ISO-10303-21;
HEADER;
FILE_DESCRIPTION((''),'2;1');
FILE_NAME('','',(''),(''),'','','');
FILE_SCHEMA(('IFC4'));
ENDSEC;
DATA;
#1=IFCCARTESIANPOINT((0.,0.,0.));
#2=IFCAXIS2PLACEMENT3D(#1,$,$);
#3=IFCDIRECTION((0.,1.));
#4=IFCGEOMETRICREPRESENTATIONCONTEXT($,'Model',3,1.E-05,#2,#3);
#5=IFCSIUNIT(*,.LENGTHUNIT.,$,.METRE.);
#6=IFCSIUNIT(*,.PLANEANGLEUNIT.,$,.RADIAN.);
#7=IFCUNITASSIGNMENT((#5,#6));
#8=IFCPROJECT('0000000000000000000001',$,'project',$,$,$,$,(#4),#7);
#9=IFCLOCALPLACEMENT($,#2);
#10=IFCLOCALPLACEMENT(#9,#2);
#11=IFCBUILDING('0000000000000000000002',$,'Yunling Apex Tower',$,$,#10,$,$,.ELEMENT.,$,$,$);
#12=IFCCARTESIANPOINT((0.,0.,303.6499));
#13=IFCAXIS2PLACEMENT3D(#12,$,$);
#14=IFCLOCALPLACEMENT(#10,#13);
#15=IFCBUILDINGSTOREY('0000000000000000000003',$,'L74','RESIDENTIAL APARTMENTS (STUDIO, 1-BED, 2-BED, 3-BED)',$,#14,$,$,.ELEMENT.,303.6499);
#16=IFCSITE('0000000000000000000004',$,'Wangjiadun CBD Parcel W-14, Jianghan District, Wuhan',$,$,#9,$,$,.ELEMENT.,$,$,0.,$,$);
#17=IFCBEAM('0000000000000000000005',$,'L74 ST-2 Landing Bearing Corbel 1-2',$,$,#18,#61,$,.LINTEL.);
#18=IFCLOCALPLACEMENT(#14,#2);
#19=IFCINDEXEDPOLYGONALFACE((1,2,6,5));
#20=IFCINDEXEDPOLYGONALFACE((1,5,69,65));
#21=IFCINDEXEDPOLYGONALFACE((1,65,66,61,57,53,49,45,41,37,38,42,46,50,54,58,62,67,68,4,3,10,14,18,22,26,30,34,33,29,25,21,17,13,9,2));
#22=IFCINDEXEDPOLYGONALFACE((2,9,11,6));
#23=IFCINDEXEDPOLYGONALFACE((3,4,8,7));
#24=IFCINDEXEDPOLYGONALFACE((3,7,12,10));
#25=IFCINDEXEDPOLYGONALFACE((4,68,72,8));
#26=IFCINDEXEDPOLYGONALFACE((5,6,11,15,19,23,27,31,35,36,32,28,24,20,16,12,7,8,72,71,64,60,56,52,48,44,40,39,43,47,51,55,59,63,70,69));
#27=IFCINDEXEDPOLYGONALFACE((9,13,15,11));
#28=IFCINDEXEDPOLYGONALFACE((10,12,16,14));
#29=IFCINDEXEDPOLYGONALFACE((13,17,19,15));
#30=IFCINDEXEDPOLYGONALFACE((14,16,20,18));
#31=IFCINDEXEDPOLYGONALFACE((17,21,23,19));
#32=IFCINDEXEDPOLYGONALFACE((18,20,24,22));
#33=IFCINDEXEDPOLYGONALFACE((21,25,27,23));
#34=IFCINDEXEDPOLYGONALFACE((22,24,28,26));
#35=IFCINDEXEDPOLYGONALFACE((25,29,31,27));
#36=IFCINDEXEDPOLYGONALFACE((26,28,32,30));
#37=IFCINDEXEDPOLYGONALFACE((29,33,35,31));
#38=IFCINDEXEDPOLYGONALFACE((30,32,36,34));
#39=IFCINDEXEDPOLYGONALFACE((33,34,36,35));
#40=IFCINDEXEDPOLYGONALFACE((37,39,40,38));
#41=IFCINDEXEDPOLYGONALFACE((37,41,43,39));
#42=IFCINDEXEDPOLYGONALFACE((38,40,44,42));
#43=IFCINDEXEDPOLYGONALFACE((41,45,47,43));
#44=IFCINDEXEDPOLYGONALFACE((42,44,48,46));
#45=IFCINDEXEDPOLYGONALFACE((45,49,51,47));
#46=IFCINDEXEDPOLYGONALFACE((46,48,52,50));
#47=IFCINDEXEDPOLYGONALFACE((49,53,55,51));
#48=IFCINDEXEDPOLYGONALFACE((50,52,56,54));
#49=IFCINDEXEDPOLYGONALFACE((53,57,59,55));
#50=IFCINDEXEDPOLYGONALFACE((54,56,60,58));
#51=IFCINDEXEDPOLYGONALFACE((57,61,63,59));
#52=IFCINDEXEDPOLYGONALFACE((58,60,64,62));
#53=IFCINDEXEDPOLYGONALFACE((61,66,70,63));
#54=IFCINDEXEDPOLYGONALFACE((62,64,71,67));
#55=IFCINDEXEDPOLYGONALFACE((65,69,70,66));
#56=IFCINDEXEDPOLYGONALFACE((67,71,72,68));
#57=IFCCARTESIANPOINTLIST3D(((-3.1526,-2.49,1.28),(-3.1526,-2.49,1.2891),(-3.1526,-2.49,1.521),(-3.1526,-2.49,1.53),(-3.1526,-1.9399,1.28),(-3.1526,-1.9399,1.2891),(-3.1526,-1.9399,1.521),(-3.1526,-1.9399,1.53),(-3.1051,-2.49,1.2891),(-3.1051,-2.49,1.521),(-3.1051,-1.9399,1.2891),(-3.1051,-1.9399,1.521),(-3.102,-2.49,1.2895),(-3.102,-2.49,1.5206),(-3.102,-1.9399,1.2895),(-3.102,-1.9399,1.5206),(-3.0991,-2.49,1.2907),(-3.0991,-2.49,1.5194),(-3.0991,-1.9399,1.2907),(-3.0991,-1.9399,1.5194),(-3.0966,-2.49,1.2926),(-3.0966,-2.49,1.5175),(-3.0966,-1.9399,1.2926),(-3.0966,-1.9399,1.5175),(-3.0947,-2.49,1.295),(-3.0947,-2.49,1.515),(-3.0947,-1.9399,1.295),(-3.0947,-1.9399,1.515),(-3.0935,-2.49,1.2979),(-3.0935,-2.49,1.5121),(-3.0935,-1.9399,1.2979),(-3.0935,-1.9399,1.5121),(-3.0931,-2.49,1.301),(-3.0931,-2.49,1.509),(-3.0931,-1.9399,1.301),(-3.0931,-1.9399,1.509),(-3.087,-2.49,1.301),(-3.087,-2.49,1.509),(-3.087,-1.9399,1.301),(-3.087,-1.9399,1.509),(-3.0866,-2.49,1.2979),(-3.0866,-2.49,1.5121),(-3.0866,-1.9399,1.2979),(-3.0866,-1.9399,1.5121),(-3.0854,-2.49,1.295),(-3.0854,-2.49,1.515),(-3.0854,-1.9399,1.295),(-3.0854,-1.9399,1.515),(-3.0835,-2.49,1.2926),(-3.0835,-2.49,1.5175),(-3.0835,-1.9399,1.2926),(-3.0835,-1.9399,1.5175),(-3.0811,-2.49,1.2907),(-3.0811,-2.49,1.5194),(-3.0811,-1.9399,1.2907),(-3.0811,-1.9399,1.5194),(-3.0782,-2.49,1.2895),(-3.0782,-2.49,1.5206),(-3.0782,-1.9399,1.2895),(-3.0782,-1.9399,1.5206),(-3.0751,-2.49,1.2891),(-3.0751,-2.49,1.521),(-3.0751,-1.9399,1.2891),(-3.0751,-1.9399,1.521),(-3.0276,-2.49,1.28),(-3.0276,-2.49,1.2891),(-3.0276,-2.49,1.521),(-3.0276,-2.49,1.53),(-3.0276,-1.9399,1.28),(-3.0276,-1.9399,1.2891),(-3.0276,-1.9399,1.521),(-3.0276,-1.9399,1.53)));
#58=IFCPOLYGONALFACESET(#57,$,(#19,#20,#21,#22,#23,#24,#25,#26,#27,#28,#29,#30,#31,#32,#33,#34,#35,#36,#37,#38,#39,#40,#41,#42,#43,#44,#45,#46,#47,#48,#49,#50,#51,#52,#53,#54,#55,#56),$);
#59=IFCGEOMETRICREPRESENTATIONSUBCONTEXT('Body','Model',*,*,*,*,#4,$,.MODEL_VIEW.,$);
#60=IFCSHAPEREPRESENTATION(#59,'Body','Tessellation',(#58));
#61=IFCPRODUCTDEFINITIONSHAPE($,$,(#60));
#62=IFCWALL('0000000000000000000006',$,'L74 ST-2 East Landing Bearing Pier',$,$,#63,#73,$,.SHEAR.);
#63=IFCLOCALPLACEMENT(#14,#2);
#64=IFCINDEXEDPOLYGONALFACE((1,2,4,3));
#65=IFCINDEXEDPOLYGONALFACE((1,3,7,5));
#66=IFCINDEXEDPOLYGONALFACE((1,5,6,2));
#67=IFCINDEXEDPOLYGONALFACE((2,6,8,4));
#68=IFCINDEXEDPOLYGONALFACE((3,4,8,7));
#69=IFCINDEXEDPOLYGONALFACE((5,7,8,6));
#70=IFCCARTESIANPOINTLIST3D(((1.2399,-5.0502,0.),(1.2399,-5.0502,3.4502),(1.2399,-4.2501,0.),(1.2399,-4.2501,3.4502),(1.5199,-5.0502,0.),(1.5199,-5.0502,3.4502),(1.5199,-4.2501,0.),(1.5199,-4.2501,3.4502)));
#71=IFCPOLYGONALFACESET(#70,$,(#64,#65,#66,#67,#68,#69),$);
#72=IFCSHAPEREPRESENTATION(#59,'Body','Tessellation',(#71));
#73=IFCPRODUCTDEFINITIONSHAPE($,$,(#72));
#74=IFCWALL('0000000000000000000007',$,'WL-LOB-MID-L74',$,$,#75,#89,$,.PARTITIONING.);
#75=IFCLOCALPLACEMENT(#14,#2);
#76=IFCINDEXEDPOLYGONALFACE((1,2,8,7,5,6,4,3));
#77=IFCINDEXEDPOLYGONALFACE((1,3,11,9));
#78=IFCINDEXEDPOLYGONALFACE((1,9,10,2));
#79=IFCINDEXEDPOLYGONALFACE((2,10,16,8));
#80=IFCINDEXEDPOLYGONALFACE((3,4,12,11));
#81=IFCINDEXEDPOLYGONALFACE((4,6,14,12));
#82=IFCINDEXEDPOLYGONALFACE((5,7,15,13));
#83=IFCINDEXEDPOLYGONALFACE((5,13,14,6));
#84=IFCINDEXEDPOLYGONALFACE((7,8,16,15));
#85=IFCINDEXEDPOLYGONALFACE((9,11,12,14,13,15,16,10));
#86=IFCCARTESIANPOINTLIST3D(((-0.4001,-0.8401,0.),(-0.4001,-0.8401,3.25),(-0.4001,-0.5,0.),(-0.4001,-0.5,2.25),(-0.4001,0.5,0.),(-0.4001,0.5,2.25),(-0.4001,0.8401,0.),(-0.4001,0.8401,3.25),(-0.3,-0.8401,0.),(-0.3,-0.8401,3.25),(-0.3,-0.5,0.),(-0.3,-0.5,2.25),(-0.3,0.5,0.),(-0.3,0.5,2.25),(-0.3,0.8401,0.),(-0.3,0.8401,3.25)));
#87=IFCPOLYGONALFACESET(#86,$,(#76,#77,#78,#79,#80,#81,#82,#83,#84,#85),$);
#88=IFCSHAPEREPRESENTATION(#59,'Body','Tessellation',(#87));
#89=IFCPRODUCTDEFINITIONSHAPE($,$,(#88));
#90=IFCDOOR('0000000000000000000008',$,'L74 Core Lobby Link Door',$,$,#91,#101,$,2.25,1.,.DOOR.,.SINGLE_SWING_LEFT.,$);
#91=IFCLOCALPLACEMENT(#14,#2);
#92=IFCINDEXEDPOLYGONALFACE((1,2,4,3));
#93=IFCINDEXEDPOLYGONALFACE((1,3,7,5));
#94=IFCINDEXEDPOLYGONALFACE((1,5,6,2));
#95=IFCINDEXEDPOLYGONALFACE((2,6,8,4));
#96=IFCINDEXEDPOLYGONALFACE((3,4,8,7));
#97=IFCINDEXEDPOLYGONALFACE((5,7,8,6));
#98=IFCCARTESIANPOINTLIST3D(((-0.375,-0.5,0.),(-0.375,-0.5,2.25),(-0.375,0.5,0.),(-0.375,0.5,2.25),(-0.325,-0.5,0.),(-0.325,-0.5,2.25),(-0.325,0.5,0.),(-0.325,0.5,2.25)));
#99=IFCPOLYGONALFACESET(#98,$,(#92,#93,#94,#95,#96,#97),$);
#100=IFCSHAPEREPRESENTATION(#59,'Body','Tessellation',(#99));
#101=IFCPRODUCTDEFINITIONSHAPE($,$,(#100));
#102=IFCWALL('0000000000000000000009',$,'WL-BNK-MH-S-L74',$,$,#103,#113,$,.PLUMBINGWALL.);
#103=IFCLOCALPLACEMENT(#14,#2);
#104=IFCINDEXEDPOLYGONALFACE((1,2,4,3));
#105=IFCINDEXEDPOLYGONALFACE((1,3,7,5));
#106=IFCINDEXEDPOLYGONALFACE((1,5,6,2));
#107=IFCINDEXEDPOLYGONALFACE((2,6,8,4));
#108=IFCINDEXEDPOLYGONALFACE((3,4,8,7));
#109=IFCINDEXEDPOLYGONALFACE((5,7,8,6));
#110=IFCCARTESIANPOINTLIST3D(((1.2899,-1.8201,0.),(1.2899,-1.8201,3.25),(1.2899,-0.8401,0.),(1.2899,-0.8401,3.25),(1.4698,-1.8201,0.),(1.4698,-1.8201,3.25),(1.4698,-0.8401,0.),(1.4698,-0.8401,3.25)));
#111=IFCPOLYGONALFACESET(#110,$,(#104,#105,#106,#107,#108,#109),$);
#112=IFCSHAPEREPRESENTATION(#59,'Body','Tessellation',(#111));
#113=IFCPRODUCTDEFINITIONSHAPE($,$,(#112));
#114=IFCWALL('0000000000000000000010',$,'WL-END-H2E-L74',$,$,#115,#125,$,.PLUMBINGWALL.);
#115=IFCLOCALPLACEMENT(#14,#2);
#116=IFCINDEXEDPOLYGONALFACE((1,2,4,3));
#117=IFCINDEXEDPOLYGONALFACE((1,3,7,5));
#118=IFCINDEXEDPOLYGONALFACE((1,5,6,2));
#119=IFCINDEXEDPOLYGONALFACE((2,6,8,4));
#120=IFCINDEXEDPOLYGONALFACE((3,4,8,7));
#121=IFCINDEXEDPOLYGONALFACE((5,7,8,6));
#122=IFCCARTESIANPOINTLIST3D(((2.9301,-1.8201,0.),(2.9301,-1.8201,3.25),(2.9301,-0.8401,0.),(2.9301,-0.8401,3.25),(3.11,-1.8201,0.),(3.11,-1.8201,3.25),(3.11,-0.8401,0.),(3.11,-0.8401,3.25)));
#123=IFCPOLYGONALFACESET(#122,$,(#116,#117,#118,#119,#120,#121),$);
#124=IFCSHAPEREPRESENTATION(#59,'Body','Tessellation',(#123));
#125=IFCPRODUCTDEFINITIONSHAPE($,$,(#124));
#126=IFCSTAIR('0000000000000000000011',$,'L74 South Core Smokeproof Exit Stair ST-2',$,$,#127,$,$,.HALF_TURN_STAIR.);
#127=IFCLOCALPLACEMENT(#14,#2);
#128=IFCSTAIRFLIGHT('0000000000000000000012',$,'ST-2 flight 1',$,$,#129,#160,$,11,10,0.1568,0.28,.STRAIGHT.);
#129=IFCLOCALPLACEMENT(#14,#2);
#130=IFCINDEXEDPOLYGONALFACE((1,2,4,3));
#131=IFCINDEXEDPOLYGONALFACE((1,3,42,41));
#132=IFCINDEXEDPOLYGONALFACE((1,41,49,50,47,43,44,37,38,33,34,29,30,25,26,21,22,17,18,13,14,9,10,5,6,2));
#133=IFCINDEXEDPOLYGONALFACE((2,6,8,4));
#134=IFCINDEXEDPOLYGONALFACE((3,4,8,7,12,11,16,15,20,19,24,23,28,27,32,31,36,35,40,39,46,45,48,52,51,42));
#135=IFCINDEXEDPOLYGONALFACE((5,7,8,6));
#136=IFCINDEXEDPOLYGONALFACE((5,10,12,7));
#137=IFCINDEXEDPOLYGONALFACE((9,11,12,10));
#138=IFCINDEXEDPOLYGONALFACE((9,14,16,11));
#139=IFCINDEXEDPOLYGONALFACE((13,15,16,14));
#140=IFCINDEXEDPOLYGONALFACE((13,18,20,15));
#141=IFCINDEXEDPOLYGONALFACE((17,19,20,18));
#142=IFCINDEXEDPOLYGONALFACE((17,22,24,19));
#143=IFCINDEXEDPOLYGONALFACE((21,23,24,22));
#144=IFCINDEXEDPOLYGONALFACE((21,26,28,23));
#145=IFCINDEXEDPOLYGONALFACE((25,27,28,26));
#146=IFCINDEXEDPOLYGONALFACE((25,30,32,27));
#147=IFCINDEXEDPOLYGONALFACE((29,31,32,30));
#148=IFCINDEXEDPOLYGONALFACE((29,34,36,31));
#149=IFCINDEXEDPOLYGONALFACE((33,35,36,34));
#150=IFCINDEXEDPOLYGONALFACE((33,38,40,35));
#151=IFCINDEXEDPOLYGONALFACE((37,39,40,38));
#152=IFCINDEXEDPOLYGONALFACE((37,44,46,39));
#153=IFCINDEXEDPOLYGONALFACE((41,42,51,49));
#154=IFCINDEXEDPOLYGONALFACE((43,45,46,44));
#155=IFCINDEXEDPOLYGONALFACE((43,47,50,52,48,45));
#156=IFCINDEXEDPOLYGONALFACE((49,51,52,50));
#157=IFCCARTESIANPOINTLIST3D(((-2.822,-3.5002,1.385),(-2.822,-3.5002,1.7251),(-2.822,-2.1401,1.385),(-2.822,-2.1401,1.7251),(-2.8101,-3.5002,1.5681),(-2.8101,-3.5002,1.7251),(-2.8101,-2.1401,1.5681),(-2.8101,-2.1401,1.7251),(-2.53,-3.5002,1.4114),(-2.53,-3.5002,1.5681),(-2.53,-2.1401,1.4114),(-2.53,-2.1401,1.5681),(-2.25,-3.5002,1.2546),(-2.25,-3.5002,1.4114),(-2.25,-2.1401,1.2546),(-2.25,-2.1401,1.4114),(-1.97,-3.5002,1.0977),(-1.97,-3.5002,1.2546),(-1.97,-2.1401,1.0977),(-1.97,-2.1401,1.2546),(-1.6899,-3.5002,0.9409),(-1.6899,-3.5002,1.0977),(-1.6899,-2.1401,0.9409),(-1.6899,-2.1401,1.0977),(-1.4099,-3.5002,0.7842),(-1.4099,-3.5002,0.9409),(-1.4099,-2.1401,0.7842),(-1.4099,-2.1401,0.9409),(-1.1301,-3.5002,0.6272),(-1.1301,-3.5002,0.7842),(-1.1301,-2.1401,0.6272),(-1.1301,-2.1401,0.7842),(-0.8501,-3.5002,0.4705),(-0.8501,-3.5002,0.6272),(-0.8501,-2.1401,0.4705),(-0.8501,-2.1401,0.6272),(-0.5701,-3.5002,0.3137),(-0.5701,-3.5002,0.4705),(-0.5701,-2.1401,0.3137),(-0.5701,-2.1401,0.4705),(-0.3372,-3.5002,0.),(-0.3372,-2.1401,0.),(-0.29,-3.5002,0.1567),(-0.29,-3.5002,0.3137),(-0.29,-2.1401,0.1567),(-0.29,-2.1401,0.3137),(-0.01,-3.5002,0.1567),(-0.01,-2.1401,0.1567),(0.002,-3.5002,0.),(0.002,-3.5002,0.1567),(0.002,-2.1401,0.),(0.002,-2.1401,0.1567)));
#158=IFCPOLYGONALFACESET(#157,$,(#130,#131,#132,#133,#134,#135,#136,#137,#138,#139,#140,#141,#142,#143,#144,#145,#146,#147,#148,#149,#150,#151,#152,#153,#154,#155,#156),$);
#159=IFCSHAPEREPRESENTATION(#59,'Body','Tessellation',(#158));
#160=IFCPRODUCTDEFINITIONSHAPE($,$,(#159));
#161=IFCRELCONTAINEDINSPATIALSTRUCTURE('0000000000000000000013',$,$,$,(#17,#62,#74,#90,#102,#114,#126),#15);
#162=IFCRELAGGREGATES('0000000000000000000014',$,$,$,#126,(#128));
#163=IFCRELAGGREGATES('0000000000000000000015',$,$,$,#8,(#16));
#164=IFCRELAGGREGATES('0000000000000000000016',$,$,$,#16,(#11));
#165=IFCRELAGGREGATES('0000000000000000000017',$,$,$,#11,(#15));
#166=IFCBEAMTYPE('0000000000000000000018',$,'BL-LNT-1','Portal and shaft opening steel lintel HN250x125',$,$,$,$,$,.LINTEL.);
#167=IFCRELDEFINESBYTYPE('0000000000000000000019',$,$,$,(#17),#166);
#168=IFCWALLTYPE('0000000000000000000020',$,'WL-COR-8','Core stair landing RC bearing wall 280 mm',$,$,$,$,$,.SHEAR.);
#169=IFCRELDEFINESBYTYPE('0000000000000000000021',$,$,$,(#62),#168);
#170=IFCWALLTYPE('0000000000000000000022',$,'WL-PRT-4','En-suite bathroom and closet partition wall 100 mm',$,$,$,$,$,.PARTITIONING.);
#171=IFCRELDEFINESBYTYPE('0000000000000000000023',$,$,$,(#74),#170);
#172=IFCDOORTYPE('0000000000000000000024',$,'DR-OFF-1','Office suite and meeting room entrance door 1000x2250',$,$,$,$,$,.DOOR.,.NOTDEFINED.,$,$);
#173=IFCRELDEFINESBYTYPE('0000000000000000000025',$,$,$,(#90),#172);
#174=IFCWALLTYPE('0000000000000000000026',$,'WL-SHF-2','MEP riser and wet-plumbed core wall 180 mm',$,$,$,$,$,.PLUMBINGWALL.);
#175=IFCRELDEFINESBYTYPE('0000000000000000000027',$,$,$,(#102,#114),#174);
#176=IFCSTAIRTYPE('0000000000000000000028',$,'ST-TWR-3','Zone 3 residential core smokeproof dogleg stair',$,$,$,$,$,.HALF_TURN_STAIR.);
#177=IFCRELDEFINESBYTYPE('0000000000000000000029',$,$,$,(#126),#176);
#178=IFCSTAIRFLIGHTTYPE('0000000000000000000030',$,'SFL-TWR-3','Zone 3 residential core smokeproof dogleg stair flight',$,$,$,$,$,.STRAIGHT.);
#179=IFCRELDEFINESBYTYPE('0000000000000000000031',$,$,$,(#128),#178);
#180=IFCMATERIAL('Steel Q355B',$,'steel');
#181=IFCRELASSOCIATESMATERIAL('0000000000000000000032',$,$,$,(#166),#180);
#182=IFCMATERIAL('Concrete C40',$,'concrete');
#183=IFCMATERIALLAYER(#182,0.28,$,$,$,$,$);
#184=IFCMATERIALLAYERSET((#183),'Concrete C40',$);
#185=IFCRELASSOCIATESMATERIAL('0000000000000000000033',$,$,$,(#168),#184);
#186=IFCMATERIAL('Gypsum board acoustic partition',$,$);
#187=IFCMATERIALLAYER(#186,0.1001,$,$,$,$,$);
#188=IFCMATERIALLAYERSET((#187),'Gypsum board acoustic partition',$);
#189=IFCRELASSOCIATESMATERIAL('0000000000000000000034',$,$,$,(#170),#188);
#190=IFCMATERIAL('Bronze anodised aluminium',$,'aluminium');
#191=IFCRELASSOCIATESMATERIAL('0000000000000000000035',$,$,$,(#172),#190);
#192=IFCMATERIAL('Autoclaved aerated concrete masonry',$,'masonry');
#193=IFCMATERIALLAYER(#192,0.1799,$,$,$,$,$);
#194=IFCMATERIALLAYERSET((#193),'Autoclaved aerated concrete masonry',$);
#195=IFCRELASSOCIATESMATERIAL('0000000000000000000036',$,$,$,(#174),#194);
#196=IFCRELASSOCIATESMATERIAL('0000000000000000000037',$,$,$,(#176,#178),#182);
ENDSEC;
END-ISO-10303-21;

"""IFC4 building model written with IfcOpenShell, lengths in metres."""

from ifc_helpers import new_model, si_unit, direction, frame, frame_2d, origin, origin_2d, place, context, subcontext, project, spatial, polyline, rectangle, i_section, outline, extrude, source, transform, mapped, material, layer, layer_set, material_profile, profile_set, type_object, element, fill, aggregate, save


model = new_model("IFC4")

# Units and contexts
model_context = context("Model", 3, precision=1e-05, world=origin(), true_north=direction((0.0, 1.0)))
body_context = subcontext(model_context, "Body", "Model", "MODEL_VIEW")
ifc_project = project(units=[si_unit("LENGTHUNIT", "METRE"), si_unit("PLANEANGLEUNIT", "RADIAN")], contexts=[model_context])

# Site, building, storey
site_placement = place(None, origin())
site = spatial("IfcSite", under=ifc_project, at=site_placement, Name="Wangjiadun CBD Parcel W-14, Jianghan District, Wuhan", CompositionType="ELEMENT", RefElevation=0.0)
building_placement = place(site_placement, origin())
building = spatial("IfcBuilding", under=site, at=building_placement, Name="Yunling Apex Tower", CompositionType="ELEMENT")
storey_placement = place(building_placement, frame((0.0, 0.0, 303.6499)))
storey = spatial("IfcBuildingStorey", under=building, at=storey_placement, Name="L74", Description="RESIDENTIAL APARTMENTS (STUDIO, 1-BED, 2-BED, 3-BED)", CompositionType="ELEMENT", Elevation=303.6499)

# Beam
ifc_material_1 = material(Name="Steel Q355B", Category="steel")
ifc_material_profile = material_profile(ifc_material_1, i_section(OverallWidth=0.125, OverallDepth=0.25, WebThickness=0.0061, FlangeThickness=0.009, FilletRadius=0.012, at=origin_2d()))
ifc_profile_set = profile_set([ifc_material_profile], Name="Steel Q355B")
beam_type = type_object("IfcBeamType", Name="BL-LNT-1", Description="Portal and shaft opening steel lintel HN250x125", PredefinedType="LINTEL", material=ifc_profile_set)
shared_shape = source(origin(), body_context, "Body", "SweptSolid", [
    extrude(i_section(OverallWidth=0.125, OverallDepth=0.25, WebThickness=0.0061, FlangeThickness=0.009, FilletRadius=0.012, at=origin_2d()), origin(), (0.0, 0.0, 1.0), 0.55),
])
beam_placement = place(storey_placement, frame((-3.0901, -1.9399, 1.405), z_axis=(0.0, -1.0, 0.0), x_axis=(1.0, 0.0, 0.0)))
element("IfcBeam", 1, at=beam_placement, inside=storey, type_object=beam_type, Name="L74 ST-2 Landing Bearing Corbel 1-2", PredefinedType="LINTEL", context=body_context, shape_type="MappedRepresentation", body=[
    mapped(shared_shape, transform((0.0, 0.0, 0.0), scale=1.0)),
])

# Wall
ifc_material_2 = material(Name="Concrete C40", Category="concrete")
ifc_layer_1 = layer(ifc_material_2, 0.28)
ifc_layer_set_1 = layer_set([ifc_layer_1], Name="Concrete C40")
wall_type_1 = type_object("IfcWallType", Name="WL-COR-8", Description="Core stair landing RC bearing wall 280 mm", PredefinedType="SHEAR", material=ifc_layer_set_1)
wall_1_placement = place(storey_placement, frame((1.3799, -5.05, 0.0), z_axis=(0.0, 0.0, 1.0), x_axis=(0.0, 1.0, 0.0)))
element("IfcWall", 2, at=wall_1_placement, inside=storey, type_object=wall_type_1, Name="L74 ST-2 East Landing Bearing Pier", PredefinedType="SHEAR", context=body_context, shape_type="SweptSolid", body=[
    extrude(rectangle(XDim=0.8, YDim=0.28, at=frame_2d((0.3999, 0.0))), origin(), (0.0, 0.0, 1.0), 3.4502),
])

# Wall, opening, door
ifc_material_3 = material(Name="Gypsum board acoustic partition")
ifc_layer_2 = layer(ifc_material_3, 0.1001)
ifc_layer_set_2 = layer_set([ifc_layer_2], Name="Gypsum board acoustic partition")
wall_type_2 = type_object("IfcWallType", Name="WL-PRT-4", Description="En-suite bathroom and closet partition wall 100 mm", PredefinedType="PARTITIONING", material=ifc_layer_set_2)
wall_2_placement = place(storey_placement, frame((-0.3501, -0.8401, 0.0), z_axis=(0.0, 0.0, 1.0), x_axis=(0.0, 1.0, 0.0)))
wall_2 = element("IfcWall", 3, at=wall_2_placement, inside=storey, type_object=wall_type_2, Name="WL-LOB-MID-L74", PredefinedType="PARTITIONING", context=body_context, shape_type="SweptSolid", body=[
    extrude(rectangle(XDim=1.6802, YDim=0.1001, at=frame_2d((0.8401, 0.0))), origin(), (0.0, 0.0, 1.0), 3.25),
])
opening_1_placement = place(wall_2_placement, frame((0.3401, 0.0, 0.0)))
opening_1 = element("IfcOpeningElement", 4, at=opening_1_placement, cuts=wall_2, PredefinedType="OPENING", context=body_context, shape_type="SweptSolid", body=[
    extrude(rectangle(XDim=1.0, YDim=2.25, at=frame_2d((0.5, 1.125))), frame((0.0, 0.0601, 0.0), z_axis=(0.0, -1.0, 0.0), x_axis=(1.0, 0.0, 0.0)), (0.0, 0.0, 1.0), 0.1201),
])
ifc_material_4 = material(Name="Bronze anodised aluminium", Category="aluminium")
door_type_1 = type_object("IfcDoorType", Name="DR-OFF-1", Description="Office suite and meeting room entrance door 1000x2250", OperationType="NOTDEFINED", PredefinedType="DOOR", material=ifc_material_4)
door_1_placement = place(opening_1_placement, origin())
door_1 = element("IfcDoor", 5, at=door_1_placement, inside=storey, type_object=door_type_1, Name="L74 Core Lobby Link Door", OperationType="SINGLE_SWING_LEFT", OverallHeight=2.25, OverallWidth=1.0, PredefinedType="DOOR", context=body_context, shape_type="SweptSolid", body=[
    extrude(rectangle(XDim=1.0, YDim=2.25, at=frame_2d((0.5, 1.125))), frame((0.0, 0.0249, 0.0), z_axis=(0.0, -1.0, 0.0), x_axis=(1.0, 0.0, 0.0)), (0.0, 0.0, 1.0), 0.05),
])
fill(opening_1, door_1)
ifc_material_5 = material(Name="Autoclaved aerated concrete masonry", Category="masonry")

# Walls
ifc_layer_3 = layer(ifc_material_5, 0.1799)
ifc_layer_set_3 = layer_set([ifc_layer_3], Name="Autoclaved aerated concrete masonry")
wall_type_3 = type_object("IfcWallType", Name="WL-SHF-2", Description="MEP riser and wet-plumbed core wall 180 mm", PredefinedType="PLUMBINGWALL", material=ifc_layer_set_3)
for number, where, z_axis, x_axis, name in (
    (6, (1.3799, -1.8201, 0.0), (0.0, 0.0, 1.0), (0.0, 1.0, 0.0), "WL-BNK-MH-S-L74"),
    (7, (3.02, -1.8201, 0.0), (0.0, 0.0, 1.0), (0.0, 1.0, 0.0), "WL-END-H2E-L74"),
):
    element("IfcWall", number, at=place(storey_placement, frame(where, z_axis=z_axis, x_axis=x_axis)), inside=storey, type_object=wall_type_3, Name=name, PredefinedType="PLUMBINGWALL", context=body_context, shape_type="SweptSolid", body=[
        extrude(rectangle(XDim=0.98, YDim=0.1799, at=frame_2d((0.49, 0.0))), origin(), (0.0, 0.0, 1.0), 3.25),
    ])

# Stair, stair flight
stair_type = type_object("IfcStairType", Name="ST-TWR-3", Description="Zone 3 residential core smokeproof dogleg stair", PredefinedType="HALF_TURN_STAIR", material=ifc_material_2)
stair_placement = place(storey_placement, origin())
stair = element("IfcStair", 8, at=stair_placement, inside=storey, type_object=stair_type, Name="L74 South Core Smokeproof Exit Stair ST-2", PredefinedType="HALF_TURN_STAIR")
stair_flight_type = type_object("IfcStairFlightType", Name="SFL-TWR-3", Description="Zone 3 residential core smokeproof dogleg stair flight", PredefinedType="STRAIGHT", material=ifc_material_2)
stair_flight_1_placement = place(storey_placement, frame((-0.01, -2.8201, 0.0), z_axis=(0.0, 0.0, 1.0), x_axis=(-1.0, 0.0, 0.0)))
stair_flight_1 = element("IfcStairFlight", 9, at=stair_flight_1_placement, type_object=stair_flight_type, Name="ST-2 flight 1", NumberOfRisers=11, NumberOfTreads=10, PredefinedType="STRAIGHT", RiserHeight=0.1568, TreadLength=0.28, context=body_context, shape_type="SweptSolid", body=[
    extrude(outline(polyline([(-0.012, 0.0), (-0.012, 0.1567), (0.0, 0.1567), (0.28, 0.1567), (0.28, 0.3137), (0.5601, 0.3137), (0.5601, 0.4705), (0.8401, 0.4705), (0.8401, 0.6272), (1.1201, 0.6272), (1.1201, 0.7842), (1.3999, 0.7842), (1.3999, 0.9409), (1.6799, 0.9409), (1.6799, 1.0977), (1.96, 1.0977), (1.96, 1.2546), (2.24, 1.2546), (2.24, 1.4114), (2.52, 1.4114), (2.52, 1.5681), (2.8, 1.5681), (2.8, 1.7251), (2.812, 1.7251), (2.812, 1.385), (0.3271, 0.0), (-0.012, 0.0)])), frame((0.0, 0.6802, 0.0), z_axis=(0.0, -1.0, 0.0), x_axis=(1.0, 0.0, 0.0)), (0.0, 0.0, 1.0), 1.3601),
])
aggregate(stair, [stair_flight_1])

save(model, "model.ifc")
